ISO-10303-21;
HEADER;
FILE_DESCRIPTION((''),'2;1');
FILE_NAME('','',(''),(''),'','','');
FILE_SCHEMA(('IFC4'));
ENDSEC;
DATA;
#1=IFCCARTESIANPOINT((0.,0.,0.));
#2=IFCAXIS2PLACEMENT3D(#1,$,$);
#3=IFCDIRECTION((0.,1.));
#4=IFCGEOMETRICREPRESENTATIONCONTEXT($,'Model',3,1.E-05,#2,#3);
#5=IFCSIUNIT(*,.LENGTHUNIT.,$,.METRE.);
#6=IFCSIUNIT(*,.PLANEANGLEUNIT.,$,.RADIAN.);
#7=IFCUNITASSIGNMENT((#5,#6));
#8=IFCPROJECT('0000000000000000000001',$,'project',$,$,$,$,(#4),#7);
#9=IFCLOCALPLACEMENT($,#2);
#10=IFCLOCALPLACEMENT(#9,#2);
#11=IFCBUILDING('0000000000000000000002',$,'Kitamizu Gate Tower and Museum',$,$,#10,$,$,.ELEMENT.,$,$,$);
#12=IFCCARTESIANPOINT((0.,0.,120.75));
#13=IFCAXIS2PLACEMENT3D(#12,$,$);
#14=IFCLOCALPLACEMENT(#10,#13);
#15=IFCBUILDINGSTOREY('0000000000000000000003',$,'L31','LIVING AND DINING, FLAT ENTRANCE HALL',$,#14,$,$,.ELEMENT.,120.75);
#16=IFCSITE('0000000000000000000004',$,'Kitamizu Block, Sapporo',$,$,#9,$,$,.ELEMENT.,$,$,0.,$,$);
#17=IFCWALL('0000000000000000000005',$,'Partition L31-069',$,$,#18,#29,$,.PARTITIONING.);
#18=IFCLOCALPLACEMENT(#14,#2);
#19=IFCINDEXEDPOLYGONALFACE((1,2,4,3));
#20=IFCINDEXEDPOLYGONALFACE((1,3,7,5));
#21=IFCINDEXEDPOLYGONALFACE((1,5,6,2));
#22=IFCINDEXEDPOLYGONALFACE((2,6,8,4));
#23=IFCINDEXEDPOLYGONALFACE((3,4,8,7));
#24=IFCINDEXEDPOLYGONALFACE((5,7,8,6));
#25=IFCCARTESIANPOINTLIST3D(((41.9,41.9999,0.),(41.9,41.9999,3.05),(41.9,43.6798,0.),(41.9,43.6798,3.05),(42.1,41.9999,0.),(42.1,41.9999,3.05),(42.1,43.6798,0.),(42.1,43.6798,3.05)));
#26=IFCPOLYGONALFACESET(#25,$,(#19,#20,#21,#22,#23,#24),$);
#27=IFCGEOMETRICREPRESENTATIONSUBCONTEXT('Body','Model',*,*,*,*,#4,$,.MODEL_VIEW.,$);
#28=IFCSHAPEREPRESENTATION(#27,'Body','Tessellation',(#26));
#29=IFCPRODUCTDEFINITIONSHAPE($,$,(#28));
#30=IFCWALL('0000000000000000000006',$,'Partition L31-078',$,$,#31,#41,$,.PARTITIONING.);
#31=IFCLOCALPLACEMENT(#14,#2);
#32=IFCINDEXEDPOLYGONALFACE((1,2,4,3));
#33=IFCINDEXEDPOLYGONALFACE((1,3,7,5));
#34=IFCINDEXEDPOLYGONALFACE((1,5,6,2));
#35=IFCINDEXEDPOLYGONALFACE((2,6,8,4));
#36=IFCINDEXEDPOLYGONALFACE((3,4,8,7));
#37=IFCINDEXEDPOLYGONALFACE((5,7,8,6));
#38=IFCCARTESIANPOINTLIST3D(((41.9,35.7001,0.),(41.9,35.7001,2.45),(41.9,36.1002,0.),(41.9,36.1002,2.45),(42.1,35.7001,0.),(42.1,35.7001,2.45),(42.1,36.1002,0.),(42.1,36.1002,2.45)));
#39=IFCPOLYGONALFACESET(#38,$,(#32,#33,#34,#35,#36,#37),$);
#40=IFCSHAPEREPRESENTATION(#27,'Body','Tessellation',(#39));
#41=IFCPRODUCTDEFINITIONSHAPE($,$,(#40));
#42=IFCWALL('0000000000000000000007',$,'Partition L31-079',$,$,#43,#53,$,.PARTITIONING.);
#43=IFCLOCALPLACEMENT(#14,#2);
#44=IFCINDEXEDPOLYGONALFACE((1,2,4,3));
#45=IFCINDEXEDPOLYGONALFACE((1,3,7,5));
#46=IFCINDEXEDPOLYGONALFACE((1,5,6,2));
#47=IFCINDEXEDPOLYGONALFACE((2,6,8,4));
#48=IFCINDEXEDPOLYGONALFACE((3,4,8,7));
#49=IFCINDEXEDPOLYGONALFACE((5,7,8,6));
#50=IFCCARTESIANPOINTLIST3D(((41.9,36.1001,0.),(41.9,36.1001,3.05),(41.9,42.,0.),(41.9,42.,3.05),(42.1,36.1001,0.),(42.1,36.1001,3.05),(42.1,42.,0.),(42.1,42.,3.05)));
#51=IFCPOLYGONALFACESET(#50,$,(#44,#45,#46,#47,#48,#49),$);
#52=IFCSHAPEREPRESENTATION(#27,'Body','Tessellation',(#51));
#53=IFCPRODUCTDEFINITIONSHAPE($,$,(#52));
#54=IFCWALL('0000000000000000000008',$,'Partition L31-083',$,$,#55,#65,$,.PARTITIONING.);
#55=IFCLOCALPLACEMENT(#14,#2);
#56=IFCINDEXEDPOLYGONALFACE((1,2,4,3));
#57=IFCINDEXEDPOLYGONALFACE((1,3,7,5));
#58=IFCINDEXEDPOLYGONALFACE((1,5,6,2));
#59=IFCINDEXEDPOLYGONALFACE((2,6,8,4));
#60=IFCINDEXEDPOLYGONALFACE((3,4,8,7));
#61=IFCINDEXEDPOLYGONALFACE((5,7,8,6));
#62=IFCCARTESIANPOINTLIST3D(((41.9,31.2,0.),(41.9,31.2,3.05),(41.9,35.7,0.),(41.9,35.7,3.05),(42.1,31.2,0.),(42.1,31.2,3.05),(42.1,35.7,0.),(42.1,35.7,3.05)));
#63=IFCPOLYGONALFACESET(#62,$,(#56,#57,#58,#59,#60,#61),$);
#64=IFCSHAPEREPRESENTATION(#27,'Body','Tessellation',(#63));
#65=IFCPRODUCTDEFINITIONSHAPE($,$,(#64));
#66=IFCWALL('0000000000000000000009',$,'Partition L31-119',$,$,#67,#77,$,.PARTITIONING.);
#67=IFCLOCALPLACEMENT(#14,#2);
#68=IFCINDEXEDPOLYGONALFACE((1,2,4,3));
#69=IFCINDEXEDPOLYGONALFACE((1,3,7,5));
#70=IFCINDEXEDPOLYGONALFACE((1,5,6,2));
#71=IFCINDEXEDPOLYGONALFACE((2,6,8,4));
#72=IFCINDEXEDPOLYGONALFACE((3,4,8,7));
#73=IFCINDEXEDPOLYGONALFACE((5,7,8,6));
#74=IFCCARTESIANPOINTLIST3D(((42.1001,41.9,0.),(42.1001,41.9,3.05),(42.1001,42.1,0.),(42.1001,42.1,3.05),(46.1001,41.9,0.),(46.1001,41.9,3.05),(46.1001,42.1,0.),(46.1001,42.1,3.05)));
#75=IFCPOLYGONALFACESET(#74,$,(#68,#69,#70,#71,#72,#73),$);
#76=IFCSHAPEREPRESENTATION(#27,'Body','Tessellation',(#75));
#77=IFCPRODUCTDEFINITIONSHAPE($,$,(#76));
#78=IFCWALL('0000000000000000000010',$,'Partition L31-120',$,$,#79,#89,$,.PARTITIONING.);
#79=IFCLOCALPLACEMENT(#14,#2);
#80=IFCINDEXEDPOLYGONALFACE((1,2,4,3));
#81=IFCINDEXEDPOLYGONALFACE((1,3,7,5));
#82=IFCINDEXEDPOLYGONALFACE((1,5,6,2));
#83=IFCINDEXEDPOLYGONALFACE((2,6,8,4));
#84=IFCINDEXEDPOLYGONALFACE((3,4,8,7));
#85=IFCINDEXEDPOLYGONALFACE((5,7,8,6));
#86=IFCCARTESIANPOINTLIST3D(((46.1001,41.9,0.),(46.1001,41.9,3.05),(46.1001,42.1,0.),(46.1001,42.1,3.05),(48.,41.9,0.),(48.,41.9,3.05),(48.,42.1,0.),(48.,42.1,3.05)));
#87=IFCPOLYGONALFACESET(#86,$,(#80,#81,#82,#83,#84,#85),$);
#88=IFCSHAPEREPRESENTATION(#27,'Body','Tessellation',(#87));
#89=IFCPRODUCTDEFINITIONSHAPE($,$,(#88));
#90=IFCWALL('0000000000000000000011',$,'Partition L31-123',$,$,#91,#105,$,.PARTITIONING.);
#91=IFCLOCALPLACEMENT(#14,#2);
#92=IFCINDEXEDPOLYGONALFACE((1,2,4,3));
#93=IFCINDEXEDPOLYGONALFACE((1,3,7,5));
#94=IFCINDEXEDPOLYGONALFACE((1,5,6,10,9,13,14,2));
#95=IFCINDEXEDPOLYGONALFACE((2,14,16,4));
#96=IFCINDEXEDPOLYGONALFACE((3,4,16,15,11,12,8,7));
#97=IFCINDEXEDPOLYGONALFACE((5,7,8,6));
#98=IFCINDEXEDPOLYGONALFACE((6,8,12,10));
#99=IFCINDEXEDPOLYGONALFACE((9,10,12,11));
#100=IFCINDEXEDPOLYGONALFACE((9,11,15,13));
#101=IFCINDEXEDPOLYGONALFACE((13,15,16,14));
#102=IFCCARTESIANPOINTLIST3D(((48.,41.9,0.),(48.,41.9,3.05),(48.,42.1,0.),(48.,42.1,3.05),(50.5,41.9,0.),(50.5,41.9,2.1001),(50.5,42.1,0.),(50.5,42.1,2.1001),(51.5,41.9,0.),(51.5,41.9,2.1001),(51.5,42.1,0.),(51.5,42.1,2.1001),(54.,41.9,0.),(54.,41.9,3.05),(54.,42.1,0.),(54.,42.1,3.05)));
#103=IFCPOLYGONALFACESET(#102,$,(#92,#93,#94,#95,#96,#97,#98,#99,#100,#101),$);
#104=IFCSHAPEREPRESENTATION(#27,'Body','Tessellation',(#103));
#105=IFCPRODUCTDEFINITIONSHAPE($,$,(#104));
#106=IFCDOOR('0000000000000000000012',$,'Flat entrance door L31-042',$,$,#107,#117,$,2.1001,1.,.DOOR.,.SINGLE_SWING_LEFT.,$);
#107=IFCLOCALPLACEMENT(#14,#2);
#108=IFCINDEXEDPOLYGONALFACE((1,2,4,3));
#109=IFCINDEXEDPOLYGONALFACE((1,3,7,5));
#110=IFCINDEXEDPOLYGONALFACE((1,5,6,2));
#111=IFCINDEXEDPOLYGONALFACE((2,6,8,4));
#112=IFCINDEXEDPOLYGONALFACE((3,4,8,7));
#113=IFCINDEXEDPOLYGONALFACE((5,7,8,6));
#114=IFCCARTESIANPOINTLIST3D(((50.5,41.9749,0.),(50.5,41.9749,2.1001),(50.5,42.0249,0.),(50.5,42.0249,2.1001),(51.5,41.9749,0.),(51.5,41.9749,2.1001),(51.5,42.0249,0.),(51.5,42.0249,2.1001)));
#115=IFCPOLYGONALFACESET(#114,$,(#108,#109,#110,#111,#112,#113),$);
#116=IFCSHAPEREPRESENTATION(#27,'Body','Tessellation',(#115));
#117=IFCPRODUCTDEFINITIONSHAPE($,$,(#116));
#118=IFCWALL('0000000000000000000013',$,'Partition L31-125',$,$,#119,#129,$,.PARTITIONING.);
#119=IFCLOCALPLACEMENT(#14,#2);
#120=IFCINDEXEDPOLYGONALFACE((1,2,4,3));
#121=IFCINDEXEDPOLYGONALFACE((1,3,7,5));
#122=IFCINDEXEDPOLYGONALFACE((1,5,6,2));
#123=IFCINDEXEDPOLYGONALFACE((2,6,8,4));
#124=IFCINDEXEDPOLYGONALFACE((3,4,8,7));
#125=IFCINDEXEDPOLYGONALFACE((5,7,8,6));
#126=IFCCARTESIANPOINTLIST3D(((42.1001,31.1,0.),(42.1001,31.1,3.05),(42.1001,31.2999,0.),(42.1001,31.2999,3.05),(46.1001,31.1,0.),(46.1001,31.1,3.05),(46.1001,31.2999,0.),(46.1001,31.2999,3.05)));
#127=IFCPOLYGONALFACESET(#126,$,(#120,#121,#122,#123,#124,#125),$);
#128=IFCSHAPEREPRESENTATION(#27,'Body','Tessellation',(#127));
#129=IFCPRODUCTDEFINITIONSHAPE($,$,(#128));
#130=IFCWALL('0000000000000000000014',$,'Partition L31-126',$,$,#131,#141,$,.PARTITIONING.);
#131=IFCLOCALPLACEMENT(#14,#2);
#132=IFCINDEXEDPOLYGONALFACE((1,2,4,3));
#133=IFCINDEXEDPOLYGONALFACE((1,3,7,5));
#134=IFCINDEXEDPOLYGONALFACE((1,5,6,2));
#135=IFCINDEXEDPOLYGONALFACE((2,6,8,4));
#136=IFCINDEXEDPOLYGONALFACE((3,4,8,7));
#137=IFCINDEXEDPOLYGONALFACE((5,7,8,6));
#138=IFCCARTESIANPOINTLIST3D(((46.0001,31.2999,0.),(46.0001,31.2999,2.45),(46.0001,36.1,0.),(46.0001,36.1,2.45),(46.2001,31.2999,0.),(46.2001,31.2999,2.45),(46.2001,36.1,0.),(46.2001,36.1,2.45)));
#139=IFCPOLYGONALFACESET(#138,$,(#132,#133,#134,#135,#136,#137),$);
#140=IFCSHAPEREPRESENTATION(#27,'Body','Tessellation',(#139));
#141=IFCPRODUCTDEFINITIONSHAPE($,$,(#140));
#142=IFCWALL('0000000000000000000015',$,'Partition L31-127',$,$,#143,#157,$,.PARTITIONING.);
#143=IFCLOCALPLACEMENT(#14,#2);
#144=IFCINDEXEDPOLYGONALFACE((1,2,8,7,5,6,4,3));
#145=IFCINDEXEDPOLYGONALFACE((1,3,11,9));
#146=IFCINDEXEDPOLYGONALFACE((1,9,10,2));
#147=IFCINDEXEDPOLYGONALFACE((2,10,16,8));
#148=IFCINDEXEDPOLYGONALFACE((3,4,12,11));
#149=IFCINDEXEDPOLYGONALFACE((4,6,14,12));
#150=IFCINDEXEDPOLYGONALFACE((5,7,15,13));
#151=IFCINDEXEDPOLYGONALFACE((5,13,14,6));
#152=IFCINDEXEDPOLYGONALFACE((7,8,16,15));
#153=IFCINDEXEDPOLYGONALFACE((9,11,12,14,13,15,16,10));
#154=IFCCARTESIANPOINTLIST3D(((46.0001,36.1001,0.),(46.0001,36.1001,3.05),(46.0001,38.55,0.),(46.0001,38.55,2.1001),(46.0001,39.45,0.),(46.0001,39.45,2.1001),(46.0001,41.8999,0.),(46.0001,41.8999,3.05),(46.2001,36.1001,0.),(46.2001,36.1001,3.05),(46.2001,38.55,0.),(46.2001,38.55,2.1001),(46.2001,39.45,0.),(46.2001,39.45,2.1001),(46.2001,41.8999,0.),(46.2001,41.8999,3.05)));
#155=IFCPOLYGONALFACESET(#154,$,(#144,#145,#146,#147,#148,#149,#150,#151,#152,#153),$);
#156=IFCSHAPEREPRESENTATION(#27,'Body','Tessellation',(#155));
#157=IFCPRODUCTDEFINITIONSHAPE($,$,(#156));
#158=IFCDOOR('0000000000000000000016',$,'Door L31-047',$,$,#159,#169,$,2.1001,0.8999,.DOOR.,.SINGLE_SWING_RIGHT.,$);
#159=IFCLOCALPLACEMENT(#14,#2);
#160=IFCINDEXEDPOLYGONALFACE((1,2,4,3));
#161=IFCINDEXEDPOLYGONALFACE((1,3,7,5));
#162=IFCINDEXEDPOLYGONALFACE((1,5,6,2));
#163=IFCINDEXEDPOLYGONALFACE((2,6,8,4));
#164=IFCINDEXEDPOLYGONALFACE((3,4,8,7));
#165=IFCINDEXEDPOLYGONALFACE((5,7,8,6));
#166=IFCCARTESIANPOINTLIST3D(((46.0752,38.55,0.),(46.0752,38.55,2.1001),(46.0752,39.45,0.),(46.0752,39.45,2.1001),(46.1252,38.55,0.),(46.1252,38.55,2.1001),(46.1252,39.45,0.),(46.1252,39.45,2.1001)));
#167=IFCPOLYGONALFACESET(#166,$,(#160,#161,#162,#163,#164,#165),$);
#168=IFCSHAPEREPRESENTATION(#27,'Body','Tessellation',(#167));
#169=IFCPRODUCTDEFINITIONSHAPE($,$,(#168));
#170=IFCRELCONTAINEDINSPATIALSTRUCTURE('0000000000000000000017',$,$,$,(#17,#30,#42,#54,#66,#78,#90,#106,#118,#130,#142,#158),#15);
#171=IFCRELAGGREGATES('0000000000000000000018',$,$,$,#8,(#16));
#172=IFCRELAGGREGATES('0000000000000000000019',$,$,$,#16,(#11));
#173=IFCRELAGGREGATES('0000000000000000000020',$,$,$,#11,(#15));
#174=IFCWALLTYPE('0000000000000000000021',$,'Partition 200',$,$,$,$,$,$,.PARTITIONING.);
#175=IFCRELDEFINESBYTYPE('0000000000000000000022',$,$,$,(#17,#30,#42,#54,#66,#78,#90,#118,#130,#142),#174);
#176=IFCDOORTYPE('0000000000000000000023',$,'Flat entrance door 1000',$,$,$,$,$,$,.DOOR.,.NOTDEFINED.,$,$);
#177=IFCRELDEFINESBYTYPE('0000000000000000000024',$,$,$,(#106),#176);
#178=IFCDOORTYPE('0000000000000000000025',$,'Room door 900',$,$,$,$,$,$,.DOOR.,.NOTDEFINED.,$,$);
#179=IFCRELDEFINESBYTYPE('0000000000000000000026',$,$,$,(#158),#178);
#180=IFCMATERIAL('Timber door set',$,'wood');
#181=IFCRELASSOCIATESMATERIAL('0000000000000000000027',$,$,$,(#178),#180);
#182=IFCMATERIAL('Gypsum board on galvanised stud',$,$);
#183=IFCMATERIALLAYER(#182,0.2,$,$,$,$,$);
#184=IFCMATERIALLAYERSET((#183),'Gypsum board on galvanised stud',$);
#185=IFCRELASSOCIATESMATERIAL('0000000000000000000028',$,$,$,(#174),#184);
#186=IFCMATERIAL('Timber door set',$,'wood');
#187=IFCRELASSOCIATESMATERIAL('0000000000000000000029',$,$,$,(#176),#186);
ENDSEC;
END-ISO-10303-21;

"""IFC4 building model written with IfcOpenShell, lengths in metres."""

from ifc_helpers import new_model, si_unit, direction, frame, frame_2d, origin, place, context, subcontext, project, spatial, rectangle, extrude, material, layer, layer_set, type_object, element, fill, save


model = new_model("IFC4")

# Units and contexts
model_context = context("Model", 3, precision=1e-05, world=origin(), true_north=direction((0.0, 1.0)))
body_context = subcontext(model_context, "Body", "Model", "MODEL_VIEW")
ifc_project = project(units=[si_unit("LENGTHUNIT", "METRE"), si_unit("PLANEANGLEUNIT", "RADIAN")], contexts=[model_context])

# Site, building, storey
site_placement = place(None, origin())
site = spatial("IfcSite", under=ifc_project, at=site_placement, Name="Kitamizu Block, Sapporo", CompositionType="ELEMENT", RefElevation=0.0)
building_placement = place(site_placement, origin())
building = spatial("IfcBuilding", under=site, at=building_placement, Name="Kitamizu Gate Tower and Museum", CompositionType="ELEMENT")
storey_placement = place(building_placement, frame((0.0, 0.0, 120.75)))
storey = spatial("IfcBuildingStorey", under=building, at=storey_placement, Name="L31", Description="LIVING AND DINING, FLAT ENTRANCE HALL", CompositionType="ELEMENT", Elevation=120.75)

# Shared definitions
ifc_material_1 = material(Name="Timber door set", Category="wood")
door_type_1 = type_object("IfcDoorType", Name="Room door 900", OperationType="NOTDEFINED", PredefinedType="DOOR", material=ifc_material_1)

# Walls
ifc_material_2 = material(Name="Gypsum board on galvanised stud")
ifc_layer_1 = layer(ifc_material_2, 0.2)
ifc_layer_set_1 = layer_set([ifc_layer_1], Name="Gypsum board on galvanised stud")
wall_type_1 = type_object("IfcWallType", Name="Partition 200", PredefinedType="PARTITIONING", material=ifc_layer_set_1)
wall_1_placement = place(storey_placement, frame((42.0, 42.0, 0.0), z_axis=(0.0, 0.0, 1.0), x_axis=(0.0, 1.0, 0.0)))
element("IfcWall", 1, at=wall_1_placement, inside=storey, type_object=wall_type_1, Name="Partition L31-069", PredefinedType="PARTITIONING", context=body_context, shape_type="SweptSolid", body=[
    extrude(rectangle(XDim=1.6799, YDim=0.2, at=frame_2d((0.8398, 0.0))), origin(), (0.0, 0.0, 1.0), 3.05),
])
wall_2_placement = place(storey_placement, frame((42.0, 35.7, 0.0), z_axis=(0.0, 0.0, 1.0), x_axis=(0.0, 1.0, 0.0)))
element("IfcWall", 2, at=wall_2_placement, inside=storey, type_object=wall_type_1, Name="Partition L31-078", PredefinedType="PARTITIONING", context=body_context, shape_type="SweptSolid", body=[
    extrude(rectangle(XDim=0.4001, YDim=0.2, at=frame_2d((0.2002, 0.0))), origin(), (0.0, 0.0, 1.0), 2.45),
])
wall_3_placement = place(storey_placement, frame((42.0, 36.1001, 0.0), z_axis=(0.0, 0.0, 1.0), x_axis=(0.0, 1.0, 0.0)))
element("IfcWall", 3, at=wall_3_placement, inside=storey, type_object=wall_type_1, Name="Partition L31-079", PredefinedType="PARTITIONING", context=body_context, shape_type="SweptSolid", body=[
    extrude(rectangle(XDim=5.8999, YDim=0.2, at=frame_2d((2.95, 0.0))), origin(), (0.0, 0.0, 1.0), 3.05),
])
wall_4_placement = place(storey_placement, frame((42.0, 31.2, 0.0), z_axis=(0.0, 0.0, 1.0), x_axis=(0.0, 1.0, 0.0)))
element("IfcWall", 4, at=wall_4_placement, inside=storey, type_object=wall_type_1, Name="Partition L31-083", PredefinedType="PARTITIONING", context=body_context, shape_type="SweptSolid", body=[
    extrude(rectangle(XDim=4.5, YDim=0.2, at=frame_2d((2.25, 0.0))), origin(), (0.0, 0.0, 1.0), 3.05),
])
wall_5_placement = place(storey_placement, frame((42.1001, 42.0, 0.0), z_axis=(0.0, 0.0, 1.0), x_axis=(1.0, 0.0, 0.0)))
element("IfcWall", 5, at=wall_5_placement, inside=storey, type_object=wall_type_1, Name="Partition L31-119", PredefinedType="PARTITIONING", context=body_context, shape_type="SweptSolid", body=[
    extrude(rectangle(XDim=4.0, YDim=0.2, at=frame_2d((2.0, 0.0))), origin(), (0.0, 0.0, 1.0), 3.05),
])
wall_6_placement = place(storey_placement, frame((46.1001, 42.0, 0.0), z_axis=(0.0, 0.0, 1.0), x_axis=(1.0, 0.0, 0.0)))
element("IfcWall", 6, at=wall_6_placement, inside=storey, type_object=wall_type_1, Name="Partition L31-120", PredefinedType="PARTITIONING", context=body_context, shape_type="SweptSolid", body=[
    extrude(rectangle(XDim=1.8999, YDim=0.2, at=frame_2d((0.95, 0.0))), origin(), (0.0, 0.0, 1.0), 3.05),
])

# Wall, opening, door
wall_7_placement = place(storey_placement, frame((48.0, 42.0, 0.0), z_axis=(0.0, 0.0, 1.0), x_axis=(1.0, 0.0, 0.0)))
wall_7 = element("IfcWall", 7, at=wall_7_placement, inside=storey, type_object=wall_type_1, Name="Partition L31-123", PredefinedType="PARTITIONING", context=body_context, shape_type="SweptSolid", body=[
    extrude(rectangle(XDim=6.0, YDim=0.2, at=frame_2d((3.0, 0.0))), origin(), (0.0, 0.0, 1.0), 3.05),
])
opening_1_placement = place(wall_7_placement, frame((2.5, 0.0, 0.0)))
opening_1 = element("IfcOpeningElement", 8, at=opening_1_placement, cuts=wall_7, PredefinedType="OPENING", context=body_context, shape_type="SweptSolid", body=[
    extrude(rectangle(XDim=1.0, YDim=2.1001, at=frame_2d((0.5, 1.05))), frame((0.0, 0.1099, 0.0), z_axis=(0.0, -1.0, 0.0), x_axis=(1.0, 0.0, 0.0)), (0.0, 0.0, 1.0), 0.22),
])
ifc_material_3 = material(Name="Timber door set", Category="wood")
door_type_2 = type_object("IfcDoorType", Name="Flat entrance door 1000", OperationType="NOTDEFINED", PredefinedType="DOOR", material=ifc_material_3)
door_1_placement = place(opening_1_placement, origin())
door_1 = element("IfcDoor", 9, at=door_1_placement, inside=storey, type_object=door_type_2, Name="Flat entrance door L31-042", OperationType="SINGLE_SWING_LEFT", OverallHeight=2.1001, OverallWidth=1.0, PredefinedType="DOOR", context=body_context, shape_type="SweptSolid", body=[
    extrude(rectangle(XDim=1.0, YDim=2.1001, at=frame_2d((0.5, 1.05))), frame((0.0, 0.0249, 0.0), z_axis=(0.0, -1.0, 0.0), x_axis=(1.0, 0.0, 0.0)), (0.0, 0.0, 1.0), 0.05),
])
fill(opening_1, door_1)

# Walls
wall_8_placement = place(storey_placement, frame((42.1001, 31.2, 0.0), z_axis=(0.0, 0.0, 1.0), x_axis=(1.0, 0.0, 0.0)))
element("IfcWall", 10, at=wall_8_placement, inside=storey, type_object=wall_type_1, Name="Partition L31-125", PredefinedType="PARTITIONING", context=body_context, shape_type="SweptSolid", body=[
    extrude(rectangle(XDim=4.0, YDim=0.2, at=frame_2d((2.0, 0.0))), origin(), (0.0, 0.0, 1.0), 3.05),
])
wall_9_placement = place(storey_placement, frame((46.1001, 31.3, 0.0), z_axis=(0.0, 0.0, 1.0), x_axis=(0.0, 1.0, 0.0)))
element("IfcWall", 11, at=wall_9_placement, inside=storey, type_object=wall_type_1, Name="Partition L31-126", PredefinedType="PARTITIONING", context=body_context, shape_type="SweptSolid", body=[
    extrude(rectangle(XDim=4.8, YDim=0.2, at=frame_2d((2.3999, 0.0))), origin(), (0.0, 0.0, 1.0), 2.45),
])

# Wall, opening, door
wall_10_placement = place(storey_placement, frame((46.1001, 36.1001, 0.0), z_axis=(0.0, 0.0, 1.0), x_axis=(0.0, 1.0, 0.0)))
wall_10 = element("IfcWall", 12, at=wall_10_placement, inside=storey, type_object=wall_type_1, Name="Partition L31-127", PredefinedType="PARTITIONING", context=body_context, shape_type="SweptSolid", body=[
    extrude(rectangle(XDim=5.7998, YDim=0.2, at=frame_2d((2.8999, 0.0))), origin(), (0.0, 0.0, 1.0), 3.05),
])
opening_2_placement = place(wall_10_placement, frame((2.45, 0.0, 0.0)))
opening_2 = element("IfcOpeningElement", 13, at=opening_2_placement, cuts=wall_10, PredefinedType="OPENING", context=body_context, shape_type="SweptSolid", body=[
    extrude(rectangle(XDim=0.8999, YDim=2.1001, at=frame_2d((0.45, 1.05))), frame((0.0, 0.1099, 0.0), z_axis=(0.0, -1.0, 0.0), x_axis=(1.0, 0.0, 0.0)), (0.0, 0.0, 1.0), 0.22),
])
door_2_placement = place(opening_2_placement, origin())
door_2 = element("IfcDoor", 14, at=door_2_placement, inside=storey, type_object=door_type_1, Name="Door L31-047", OperationType="SINGLE_SWING_RIGHT", OverallHeight=2.1001, OverallWidth=0.8999, PredefinedType="DOOR", context=body_context, shape_type="SweptSolid", body=[
    extrude(rectangle(XDim=0.8999, YDim=2.1001, at=frame_2d((0.45, 1.05))), frame((0.0, 0.0249, 0.0), z_axis=(0.0, -1.0, 0.0), x_axis=(1.0, 0.0, 0.0)), (0.0, 0.0, 1.0), 0.05),
])
fill(opening_2, door_2)

save(model, "model.ifc")
